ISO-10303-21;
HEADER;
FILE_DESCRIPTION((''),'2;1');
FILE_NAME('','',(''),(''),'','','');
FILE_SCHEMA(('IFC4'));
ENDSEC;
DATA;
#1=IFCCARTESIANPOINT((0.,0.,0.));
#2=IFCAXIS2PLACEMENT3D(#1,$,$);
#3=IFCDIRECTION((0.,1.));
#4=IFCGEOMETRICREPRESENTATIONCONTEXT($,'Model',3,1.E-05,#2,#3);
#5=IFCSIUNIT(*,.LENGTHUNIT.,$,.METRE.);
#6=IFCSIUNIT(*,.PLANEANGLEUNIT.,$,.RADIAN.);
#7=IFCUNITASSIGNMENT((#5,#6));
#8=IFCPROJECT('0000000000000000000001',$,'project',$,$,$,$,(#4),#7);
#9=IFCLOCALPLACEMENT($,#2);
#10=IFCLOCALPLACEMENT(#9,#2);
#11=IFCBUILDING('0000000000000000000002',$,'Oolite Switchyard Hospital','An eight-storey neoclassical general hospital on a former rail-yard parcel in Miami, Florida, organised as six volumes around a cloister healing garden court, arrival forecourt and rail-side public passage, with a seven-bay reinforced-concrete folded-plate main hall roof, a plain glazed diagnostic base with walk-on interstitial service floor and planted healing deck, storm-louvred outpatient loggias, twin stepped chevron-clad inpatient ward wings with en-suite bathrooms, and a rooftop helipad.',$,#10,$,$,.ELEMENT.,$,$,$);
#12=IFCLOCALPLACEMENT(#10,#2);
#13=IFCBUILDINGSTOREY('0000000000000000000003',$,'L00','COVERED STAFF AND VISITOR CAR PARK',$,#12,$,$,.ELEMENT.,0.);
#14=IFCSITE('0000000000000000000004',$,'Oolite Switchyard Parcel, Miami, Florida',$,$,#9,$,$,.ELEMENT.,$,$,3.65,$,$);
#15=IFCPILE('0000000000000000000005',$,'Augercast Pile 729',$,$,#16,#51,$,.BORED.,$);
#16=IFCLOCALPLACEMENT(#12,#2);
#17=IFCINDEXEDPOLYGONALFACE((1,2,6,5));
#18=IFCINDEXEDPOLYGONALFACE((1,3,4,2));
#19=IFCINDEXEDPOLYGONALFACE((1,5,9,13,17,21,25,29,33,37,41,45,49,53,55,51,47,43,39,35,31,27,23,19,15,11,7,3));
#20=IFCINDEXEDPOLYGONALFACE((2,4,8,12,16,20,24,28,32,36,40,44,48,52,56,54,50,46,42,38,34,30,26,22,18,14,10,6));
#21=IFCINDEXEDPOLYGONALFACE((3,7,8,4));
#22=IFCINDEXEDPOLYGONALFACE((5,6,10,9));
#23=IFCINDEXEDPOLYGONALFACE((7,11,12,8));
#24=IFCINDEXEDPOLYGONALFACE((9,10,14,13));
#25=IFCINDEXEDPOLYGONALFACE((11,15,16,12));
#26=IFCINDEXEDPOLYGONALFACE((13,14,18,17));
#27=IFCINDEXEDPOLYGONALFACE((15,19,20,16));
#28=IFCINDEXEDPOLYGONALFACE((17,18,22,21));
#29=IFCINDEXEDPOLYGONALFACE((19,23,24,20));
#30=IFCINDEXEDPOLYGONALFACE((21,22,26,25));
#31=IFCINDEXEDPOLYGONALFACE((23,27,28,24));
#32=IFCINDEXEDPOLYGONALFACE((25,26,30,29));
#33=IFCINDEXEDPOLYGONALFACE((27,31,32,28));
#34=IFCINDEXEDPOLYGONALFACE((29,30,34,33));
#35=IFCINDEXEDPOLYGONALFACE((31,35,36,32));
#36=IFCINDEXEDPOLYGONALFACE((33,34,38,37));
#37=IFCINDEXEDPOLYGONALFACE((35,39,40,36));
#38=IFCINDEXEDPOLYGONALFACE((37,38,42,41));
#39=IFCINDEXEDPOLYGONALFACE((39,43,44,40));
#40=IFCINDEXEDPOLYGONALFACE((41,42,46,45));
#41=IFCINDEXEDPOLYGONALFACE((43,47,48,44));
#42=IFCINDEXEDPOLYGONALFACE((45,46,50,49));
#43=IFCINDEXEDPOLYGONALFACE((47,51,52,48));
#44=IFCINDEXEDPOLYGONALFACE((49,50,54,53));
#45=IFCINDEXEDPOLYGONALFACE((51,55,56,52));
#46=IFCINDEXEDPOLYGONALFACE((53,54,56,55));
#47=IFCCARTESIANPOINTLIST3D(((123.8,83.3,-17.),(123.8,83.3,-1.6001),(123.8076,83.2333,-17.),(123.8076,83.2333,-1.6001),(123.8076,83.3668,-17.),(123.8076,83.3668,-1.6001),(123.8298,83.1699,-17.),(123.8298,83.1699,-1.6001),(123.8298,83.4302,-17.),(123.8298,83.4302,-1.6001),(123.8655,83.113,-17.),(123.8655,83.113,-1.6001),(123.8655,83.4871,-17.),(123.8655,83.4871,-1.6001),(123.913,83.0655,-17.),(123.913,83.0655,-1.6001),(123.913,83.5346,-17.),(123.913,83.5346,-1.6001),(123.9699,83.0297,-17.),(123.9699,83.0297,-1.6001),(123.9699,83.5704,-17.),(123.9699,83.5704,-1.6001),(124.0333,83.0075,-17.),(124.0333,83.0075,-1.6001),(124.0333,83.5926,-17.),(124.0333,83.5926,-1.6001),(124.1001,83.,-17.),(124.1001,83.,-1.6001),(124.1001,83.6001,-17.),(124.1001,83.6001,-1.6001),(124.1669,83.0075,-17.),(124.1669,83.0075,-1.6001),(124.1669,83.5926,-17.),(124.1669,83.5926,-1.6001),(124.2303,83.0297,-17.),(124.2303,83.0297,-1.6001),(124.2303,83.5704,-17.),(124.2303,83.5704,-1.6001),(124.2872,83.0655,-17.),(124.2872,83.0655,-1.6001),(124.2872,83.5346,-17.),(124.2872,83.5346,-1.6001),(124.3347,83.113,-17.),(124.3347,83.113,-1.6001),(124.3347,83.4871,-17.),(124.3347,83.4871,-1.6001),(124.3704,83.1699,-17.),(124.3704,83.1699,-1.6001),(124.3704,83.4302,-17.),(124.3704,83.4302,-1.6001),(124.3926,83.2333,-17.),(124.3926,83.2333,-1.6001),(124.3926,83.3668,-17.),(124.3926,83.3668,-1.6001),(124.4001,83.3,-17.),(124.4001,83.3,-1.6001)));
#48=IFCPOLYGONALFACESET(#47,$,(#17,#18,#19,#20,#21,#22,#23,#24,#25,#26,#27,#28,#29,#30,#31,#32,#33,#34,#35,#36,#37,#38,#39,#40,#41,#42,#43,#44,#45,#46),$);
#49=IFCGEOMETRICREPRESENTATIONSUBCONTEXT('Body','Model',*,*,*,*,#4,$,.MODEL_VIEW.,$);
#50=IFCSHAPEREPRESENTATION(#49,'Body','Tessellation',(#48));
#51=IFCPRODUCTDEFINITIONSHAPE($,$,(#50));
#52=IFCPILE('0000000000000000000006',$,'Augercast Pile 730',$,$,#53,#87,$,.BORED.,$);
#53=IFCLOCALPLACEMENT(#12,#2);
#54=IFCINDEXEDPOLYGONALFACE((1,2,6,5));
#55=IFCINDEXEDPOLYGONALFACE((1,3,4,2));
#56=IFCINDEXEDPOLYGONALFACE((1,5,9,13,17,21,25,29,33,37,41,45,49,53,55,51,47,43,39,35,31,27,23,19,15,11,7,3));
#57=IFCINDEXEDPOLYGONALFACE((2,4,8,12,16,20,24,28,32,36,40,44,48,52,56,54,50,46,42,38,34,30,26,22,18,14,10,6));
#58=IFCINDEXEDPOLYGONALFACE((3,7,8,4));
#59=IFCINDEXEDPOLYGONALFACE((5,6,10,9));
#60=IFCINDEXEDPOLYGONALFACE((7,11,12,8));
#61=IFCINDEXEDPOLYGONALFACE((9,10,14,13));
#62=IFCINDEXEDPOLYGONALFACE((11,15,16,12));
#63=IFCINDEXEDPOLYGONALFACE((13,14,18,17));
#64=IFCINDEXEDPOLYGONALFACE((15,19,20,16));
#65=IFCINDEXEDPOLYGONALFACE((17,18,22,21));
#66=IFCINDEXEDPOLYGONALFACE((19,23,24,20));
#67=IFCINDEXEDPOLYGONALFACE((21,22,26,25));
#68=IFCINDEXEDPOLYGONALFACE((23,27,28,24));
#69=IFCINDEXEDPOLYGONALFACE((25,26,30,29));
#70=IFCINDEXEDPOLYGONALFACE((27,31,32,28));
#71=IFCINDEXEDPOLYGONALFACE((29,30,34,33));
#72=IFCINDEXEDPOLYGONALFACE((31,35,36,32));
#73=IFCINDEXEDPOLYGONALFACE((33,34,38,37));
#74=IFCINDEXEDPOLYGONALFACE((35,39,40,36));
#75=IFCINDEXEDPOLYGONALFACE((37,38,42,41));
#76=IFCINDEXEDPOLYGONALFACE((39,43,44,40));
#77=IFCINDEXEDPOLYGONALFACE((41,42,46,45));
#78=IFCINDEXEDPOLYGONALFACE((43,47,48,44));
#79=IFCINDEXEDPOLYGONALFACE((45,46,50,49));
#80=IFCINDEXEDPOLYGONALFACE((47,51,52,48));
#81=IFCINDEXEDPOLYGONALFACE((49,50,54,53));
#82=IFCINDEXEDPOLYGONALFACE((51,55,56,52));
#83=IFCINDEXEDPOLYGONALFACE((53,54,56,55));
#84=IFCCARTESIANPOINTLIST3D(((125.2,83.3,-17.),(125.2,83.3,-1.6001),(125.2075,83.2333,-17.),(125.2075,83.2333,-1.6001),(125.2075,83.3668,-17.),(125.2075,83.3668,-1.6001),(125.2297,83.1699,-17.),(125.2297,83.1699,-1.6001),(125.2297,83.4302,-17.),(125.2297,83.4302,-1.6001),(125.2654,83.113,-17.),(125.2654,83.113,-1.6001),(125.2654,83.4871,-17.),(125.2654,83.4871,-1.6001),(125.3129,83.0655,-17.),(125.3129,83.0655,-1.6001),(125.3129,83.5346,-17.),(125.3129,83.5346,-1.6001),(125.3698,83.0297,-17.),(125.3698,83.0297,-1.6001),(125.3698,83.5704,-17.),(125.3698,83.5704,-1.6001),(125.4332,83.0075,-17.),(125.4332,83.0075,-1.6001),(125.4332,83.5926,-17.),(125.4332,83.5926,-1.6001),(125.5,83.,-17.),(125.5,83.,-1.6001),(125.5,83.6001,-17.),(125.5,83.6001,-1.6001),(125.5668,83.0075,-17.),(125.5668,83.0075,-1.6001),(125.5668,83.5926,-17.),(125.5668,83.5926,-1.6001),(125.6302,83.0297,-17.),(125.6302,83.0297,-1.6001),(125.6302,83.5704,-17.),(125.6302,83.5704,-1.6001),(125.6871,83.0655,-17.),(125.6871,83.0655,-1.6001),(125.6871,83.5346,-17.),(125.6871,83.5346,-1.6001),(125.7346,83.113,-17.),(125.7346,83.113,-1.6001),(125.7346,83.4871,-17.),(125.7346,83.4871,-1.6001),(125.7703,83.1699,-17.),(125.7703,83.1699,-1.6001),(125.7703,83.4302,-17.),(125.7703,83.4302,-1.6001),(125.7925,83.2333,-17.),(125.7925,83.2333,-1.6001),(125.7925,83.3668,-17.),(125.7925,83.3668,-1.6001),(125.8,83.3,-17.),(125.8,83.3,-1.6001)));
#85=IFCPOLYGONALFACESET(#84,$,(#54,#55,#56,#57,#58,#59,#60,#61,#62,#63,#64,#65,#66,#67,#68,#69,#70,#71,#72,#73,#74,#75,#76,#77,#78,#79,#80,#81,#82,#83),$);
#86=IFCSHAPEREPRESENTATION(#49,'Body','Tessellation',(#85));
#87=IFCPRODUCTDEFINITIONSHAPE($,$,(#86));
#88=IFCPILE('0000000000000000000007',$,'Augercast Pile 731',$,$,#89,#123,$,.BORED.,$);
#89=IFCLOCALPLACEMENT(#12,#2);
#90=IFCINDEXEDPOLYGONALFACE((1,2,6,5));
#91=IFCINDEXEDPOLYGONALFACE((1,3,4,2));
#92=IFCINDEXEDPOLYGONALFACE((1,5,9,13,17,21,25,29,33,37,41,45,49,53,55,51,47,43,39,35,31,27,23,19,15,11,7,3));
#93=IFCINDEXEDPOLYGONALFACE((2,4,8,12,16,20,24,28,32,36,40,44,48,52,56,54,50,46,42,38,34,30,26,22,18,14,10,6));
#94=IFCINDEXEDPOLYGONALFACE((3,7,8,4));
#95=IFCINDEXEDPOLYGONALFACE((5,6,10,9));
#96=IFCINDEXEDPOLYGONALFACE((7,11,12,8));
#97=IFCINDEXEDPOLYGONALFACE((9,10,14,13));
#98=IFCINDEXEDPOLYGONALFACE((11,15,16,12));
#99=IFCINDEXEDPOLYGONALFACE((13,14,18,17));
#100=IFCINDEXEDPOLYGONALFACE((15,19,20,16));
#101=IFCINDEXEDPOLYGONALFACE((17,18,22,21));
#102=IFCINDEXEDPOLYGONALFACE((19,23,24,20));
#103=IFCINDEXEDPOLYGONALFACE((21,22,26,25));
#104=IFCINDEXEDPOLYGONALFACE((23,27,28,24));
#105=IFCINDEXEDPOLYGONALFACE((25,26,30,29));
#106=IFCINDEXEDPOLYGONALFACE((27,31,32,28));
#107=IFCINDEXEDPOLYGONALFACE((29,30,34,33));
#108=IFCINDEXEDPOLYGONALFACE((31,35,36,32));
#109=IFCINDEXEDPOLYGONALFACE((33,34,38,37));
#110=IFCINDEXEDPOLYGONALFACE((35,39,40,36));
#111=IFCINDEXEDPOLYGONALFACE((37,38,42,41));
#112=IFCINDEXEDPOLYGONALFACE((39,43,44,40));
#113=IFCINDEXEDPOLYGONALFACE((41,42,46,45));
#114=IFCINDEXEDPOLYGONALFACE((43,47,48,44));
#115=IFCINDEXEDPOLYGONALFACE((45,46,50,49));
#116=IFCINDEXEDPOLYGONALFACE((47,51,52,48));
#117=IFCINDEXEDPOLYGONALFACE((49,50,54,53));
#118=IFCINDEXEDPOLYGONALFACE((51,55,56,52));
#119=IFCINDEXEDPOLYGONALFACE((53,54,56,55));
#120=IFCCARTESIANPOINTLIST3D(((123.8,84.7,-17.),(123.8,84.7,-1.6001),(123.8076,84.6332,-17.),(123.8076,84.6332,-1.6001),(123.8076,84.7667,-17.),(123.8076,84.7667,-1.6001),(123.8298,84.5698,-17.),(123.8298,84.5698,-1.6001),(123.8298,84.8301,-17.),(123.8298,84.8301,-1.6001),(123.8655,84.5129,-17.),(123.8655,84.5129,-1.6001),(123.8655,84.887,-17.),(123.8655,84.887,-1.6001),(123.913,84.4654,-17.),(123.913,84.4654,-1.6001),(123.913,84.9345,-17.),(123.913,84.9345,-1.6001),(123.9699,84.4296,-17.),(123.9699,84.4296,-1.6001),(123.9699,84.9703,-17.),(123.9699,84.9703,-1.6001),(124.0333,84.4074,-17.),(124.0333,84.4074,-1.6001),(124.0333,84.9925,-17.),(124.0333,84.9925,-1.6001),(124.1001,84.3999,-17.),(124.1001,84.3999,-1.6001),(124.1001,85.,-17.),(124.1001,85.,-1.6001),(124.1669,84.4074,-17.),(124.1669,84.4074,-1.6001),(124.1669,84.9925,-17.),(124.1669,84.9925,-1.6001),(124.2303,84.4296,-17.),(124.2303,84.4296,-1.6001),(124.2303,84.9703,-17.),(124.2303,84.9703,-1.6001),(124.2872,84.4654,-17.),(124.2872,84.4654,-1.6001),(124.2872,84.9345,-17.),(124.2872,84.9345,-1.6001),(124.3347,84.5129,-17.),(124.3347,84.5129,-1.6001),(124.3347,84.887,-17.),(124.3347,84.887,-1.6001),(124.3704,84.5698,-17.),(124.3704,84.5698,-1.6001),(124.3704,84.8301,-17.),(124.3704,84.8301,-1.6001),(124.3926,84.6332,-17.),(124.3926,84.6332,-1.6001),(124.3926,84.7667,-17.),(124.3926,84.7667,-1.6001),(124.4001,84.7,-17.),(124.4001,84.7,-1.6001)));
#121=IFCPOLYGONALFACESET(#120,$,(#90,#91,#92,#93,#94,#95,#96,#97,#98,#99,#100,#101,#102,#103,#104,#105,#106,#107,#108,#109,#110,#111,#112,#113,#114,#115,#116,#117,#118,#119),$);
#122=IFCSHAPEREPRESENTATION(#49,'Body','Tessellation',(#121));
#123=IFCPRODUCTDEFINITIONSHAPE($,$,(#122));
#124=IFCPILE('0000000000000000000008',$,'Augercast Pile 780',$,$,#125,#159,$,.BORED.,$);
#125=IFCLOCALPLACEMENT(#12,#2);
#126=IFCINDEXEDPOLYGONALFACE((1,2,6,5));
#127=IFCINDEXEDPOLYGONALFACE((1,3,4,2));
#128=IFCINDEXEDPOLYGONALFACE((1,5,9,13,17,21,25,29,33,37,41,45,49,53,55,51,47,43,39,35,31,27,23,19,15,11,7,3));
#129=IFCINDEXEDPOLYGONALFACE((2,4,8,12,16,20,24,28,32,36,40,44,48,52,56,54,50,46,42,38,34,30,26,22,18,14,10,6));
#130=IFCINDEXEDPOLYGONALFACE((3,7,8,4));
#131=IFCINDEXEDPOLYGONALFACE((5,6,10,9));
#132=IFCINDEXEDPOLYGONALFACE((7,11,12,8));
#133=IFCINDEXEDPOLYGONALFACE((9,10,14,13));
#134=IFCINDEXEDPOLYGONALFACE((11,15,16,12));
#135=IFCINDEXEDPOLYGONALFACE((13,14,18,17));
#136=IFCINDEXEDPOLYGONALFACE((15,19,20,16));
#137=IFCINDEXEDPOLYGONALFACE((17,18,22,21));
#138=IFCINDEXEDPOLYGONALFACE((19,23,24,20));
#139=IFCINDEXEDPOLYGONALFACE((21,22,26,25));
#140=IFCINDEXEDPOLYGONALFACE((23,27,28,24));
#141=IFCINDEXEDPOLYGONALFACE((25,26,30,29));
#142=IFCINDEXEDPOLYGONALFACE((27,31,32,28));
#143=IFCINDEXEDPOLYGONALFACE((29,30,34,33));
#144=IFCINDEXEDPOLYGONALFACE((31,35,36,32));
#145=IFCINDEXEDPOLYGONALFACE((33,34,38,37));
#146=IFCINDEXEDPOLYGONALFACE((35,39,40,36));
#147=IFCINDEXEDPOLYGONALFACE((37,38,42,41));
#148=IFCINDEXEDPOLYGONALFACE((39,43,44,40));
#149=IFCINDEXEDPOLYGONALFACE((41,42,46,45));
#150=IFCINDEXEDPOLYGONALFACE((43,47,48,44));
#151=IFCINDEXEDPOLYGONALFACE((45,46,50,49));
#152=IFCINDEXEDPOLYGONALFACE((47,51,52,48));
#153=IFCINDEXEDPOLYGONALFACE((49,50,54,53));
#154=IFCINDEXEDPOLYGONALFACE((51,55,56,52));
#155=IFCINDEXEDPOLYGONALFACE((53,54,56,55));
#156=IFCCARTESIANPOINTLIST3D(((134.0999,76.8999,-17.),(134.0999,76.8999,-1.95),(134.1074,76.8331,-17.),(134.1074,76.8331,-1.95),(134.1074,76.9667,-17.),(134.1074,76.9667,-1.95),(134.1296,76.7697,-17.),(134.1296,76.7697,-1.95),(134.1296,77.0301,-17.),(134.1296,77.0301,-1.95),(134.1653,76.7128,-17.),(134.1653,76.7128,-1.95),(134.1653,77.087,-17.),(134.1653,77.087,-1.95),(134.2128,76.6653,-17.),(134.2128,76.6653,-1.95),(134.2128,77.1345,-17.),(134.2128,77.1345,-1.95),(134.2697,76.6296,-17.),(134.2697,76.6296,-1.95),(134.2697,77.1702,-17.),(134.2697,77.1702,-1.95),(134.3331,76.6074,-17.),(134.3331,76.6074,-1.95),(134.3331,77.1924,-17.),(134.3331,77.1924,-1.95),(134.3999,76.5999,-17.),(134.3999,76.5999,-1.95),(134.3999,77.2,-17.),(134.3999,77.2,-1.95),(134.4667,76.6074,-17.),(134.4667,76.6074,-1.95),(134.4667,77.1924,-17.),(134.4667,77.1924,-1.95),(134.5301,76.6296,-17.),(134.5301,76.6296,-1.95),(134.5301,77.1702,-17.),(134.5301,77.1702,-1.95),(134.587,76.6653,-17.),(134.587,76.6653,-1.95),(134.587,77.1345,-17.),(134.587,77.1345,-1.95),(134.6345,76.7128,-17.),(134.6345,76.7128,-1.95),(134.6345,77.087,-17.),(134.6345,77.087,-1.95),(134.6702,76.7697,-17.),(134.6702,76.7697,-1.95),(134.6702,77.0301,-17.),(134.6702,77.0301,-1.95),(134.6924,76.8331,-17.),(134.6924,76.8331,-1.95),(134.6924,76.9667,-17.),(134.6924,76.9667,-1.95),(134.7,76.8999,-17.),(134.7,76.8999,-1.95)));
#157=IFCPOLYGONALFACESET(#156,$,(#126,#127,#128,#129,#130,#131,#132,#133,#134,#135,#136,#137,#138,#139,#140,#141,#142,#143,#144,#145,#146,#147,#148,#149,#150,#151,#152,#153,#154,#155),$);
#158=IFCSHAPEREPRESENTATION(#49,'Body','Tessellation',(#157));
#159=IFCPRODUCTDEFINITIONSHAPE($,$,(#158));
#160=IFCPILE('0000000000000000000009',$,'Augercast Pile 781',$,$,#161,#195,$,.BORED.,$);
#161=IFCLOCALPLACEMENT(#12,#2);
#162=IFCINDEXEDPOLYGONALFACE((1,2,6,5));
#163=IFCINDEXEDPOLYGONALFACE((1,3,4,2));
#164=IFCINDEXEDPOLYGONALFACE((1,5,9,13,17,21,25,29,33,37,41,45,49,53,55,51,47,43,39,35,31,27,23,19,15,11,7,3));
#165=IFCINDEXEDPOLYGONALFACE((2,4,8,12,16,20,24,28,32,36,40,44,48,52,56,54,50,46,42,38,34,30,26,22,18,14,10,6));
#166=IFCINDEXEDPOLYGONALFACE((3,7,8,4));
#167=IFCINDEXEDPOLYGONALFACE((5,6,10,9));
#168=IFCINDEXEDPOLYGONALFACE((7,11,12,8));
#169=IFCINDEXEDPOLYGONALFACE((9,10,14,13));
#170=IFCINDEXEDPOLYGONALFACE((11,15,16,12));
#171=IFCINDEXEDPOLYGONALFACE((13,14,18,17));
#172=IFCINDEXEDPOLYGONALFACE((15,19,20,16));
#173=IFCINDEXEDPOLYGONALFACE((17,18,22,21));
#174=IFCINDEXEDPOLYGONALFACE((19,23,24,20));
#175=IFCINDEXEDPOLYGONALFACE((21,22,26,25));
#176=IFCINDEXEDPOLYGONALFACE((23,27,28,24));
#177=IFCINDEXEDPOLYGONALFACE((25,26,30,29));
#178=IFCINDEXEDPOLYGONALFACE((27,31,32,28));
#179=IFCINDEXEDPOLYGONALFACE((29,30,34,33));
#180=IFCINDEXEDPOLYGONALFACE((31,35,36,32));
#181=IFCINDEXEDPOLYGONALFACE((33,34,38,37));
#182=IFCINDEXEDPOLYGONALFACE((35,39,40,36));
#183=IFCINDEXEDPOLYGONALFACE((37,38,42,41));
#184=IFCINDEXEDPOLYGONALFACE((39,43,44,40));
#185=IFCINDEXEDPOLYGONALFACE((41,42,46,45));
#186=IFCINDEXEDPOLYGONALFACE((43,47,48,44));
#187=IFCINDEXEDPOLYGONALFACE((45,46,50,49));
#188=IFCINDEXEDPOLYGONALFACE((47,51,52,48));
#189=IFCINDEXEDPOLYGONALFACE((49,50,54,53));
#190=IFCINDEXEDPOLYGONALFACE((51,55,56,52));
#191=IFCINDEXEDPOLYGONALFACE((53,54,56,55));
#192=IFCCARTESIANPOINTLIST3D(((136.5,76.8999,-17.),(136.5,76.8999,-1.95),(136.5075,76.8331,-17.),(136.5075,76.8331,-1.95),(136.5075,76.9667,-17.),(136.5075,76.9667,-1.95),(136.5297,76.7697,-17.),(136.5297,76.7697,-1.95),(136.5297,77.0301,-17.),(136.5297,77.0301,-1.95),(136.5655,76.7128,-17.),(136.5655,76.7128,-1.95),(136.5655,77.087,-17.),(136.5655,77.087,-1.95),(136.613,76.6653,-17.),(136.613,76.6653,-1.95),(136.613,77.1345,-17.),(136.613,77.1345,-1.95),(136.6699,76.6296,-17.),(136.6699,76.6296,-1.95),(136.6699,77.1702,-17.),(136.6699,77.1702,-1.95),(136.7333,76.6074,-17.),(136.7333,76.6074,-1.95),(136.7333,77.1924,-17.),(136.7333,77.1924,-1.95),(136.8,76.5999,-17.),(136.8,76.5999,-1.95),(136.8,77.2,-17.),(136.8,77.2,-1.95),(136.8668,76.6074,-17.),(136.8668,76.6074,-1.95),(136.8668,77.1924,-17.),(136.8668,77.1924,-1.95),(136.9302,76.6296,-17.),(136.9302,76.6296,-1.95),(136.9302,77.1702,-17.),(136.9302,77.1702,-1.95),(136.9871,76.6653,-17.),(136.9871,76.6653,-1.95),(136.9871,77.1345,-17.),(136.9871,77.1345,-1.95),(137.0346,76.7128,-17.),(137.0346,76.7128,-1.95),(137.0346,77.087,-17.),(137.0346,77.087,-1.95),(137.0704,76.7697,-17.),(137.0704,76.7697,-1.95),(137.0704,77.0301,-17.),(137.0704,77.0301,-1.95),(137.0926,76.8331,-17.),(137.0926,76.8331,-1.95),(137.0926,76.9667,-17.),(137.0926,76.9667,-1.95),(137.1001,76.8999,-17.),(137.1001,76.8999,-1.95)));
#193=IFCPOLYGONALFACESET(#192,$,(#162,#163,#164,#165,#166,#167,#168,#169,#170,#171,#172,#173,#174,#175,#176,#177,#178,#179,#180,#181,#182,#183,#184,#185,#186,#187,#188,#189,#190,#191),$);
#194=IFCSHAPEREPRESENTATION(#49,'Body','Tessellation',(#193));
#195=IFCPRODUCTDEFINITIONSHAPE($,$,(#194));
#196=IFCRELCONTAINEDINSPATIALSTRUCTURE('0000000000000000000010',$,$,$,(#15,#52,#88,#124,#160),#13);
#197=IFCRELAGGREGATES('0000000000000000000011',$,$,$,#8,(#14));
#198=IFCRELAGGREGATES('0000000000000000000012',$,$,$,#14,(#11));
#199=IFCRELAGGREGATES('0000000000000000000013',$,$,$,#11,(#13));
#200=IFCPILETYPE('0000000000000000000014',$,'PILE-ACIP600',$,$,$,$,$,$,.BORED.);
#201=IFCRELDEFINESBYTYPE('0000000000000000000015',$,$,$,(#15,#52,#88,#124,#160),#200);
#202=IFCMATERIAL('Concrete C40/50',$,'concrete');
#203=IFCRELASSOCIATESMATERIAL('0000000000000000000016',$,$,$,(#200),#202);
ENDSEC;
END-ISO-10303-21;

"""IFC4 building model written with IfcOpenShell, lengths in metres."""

from ifc_helpers import new_model, si_unit, direction, frame, origin, origin_2d, place, context, subcontext, project, spatial, circle, extrude, material, material_profile, profile_set, type_object, element, save


model = new_model("IFC4")

# Units and contexts
model_context = context("Model", 3, precision=1e-05, world=origin(), true_north=direction((0.0, 1.0)))
body_context = subcontext(model_context, "Body", "Model", "MODEL_VIEW")
ifc_project = project(units=[si_unit("LENGTHUNIT", "METRE"), si_unit("PLANEANGLEUNIT", "RADIAN")], contexts=[model_context])

# Site, building, storey
site_placement = place(None, origin())
site = spatial("IfcSite", under=ifc_project, at=site_placement, Name="Oolite Switchyard Parcel, Miami, Florida", CompositionType="ELEMENT", RefElevation=3.65)
building_placement = place(site_placement, origin())
building = spatial("IfcBuilding", under=site, at=building_placement, Name="Oolite Switchyard Hospital", Description="An eight-storey neoclassical general hospital on a former rail-yard parcel in Miami, Florida, organised as six volumes around a cloister healing garden court, arrival forecourt and rail-side public passage, with a seven-bay reinforced-concrete folded-plate main hall roof, a plain glazed diagnostic base with walk-on interstitial service floor and planted healing deck, storm-louvred outpatient loggias, twin stepped chevron-clad inpatient ward wings with en-suite bathrooms, and a rooftop helipad.", CompositionType="ELEMENT")
storey_placement = place(building_placement, origin())
storey = spatial("IfcBuildingStorey", under=building, at=storey_placement, Name="L00", Description="COVERED STAFF AND VISITOR CAR PARK", CompositionType="ELEMENT", Elevation=0.0)

# Shared definitions
ifc_material_1 = material(Name="Concrete C40/50", Category="concrete")

# Piles
ifc_material_profile_1 = material_profile(ifc_material_1, circle(Radius=0.3, at=origin_2d()), Name="PILE600")
ifc_profile_set_1 = profile_set([ifc_material_profile_1], Name="Concrete C40/50")
pile_type = type_object("IfcPileType", Name="PILE-ACIP600", PredefinedType="BORED", material=ifc_profile_set_1)
for number, where, z_axis, x_axis, name in (
    (1, (124.1001, 83.3, -1.6001), (0.0, 0.0, -1.0), (1.0, 0.0, 0.0), "Augercast Pile 729"),
    (2, (125.5, 83.3, -1.6001), (0.0, 0.0, -1.0), (1.0, 0.0, 0.0), "Augercast Pile 730"),
    (3, (124.1001, 84.7, -1.6001), (0.0, 0.0, -1.0), (1.0, 0.0, 0.0), "Augercast Pile 731"),
):
    element("IfcPile", number, at=place(storey_placement, frame(where, z_axis=z_axis, x_axis=x_axis)), inside=storey, type_object=pile_type, Name=name, PredefinedType="BORED", context=body_context, shape_type="SweptSolid", body=[
        extrude(circle(Radius=0.3, at=origin_2d()), origin(), (0.0, 0.0, 1.0), 15.3999),
    ])
for number, where, z_axis, x_axis, name in (
    (4, (134.3999, 76.8999, -1.95), (0.0, 0.0, -1.0), (1.0, 0.0, 0.0), "Augercast Pile 780"),
    (5, (136.8, 76.8999, -1.95), (0.0, 0.0, -1.0), (1.0, 0.0, 0.0), "Augercast Pile 781"),
):
    element("IfcPile", number, at=place(storey_placement, frame(where, z_axis=z_axis, x_axis=x_axis)), inside=storey, type_object=pile_type, Name=name, PredefinedType="BORED", context=body_context, shape_type="SweptSolid", body=[
        extrude(circle(Radius=0.3, at=origin_2d()), origin(), (0.0, 0.0, 1.0), 15.05),
    ])

save(model, "model.ifc")
